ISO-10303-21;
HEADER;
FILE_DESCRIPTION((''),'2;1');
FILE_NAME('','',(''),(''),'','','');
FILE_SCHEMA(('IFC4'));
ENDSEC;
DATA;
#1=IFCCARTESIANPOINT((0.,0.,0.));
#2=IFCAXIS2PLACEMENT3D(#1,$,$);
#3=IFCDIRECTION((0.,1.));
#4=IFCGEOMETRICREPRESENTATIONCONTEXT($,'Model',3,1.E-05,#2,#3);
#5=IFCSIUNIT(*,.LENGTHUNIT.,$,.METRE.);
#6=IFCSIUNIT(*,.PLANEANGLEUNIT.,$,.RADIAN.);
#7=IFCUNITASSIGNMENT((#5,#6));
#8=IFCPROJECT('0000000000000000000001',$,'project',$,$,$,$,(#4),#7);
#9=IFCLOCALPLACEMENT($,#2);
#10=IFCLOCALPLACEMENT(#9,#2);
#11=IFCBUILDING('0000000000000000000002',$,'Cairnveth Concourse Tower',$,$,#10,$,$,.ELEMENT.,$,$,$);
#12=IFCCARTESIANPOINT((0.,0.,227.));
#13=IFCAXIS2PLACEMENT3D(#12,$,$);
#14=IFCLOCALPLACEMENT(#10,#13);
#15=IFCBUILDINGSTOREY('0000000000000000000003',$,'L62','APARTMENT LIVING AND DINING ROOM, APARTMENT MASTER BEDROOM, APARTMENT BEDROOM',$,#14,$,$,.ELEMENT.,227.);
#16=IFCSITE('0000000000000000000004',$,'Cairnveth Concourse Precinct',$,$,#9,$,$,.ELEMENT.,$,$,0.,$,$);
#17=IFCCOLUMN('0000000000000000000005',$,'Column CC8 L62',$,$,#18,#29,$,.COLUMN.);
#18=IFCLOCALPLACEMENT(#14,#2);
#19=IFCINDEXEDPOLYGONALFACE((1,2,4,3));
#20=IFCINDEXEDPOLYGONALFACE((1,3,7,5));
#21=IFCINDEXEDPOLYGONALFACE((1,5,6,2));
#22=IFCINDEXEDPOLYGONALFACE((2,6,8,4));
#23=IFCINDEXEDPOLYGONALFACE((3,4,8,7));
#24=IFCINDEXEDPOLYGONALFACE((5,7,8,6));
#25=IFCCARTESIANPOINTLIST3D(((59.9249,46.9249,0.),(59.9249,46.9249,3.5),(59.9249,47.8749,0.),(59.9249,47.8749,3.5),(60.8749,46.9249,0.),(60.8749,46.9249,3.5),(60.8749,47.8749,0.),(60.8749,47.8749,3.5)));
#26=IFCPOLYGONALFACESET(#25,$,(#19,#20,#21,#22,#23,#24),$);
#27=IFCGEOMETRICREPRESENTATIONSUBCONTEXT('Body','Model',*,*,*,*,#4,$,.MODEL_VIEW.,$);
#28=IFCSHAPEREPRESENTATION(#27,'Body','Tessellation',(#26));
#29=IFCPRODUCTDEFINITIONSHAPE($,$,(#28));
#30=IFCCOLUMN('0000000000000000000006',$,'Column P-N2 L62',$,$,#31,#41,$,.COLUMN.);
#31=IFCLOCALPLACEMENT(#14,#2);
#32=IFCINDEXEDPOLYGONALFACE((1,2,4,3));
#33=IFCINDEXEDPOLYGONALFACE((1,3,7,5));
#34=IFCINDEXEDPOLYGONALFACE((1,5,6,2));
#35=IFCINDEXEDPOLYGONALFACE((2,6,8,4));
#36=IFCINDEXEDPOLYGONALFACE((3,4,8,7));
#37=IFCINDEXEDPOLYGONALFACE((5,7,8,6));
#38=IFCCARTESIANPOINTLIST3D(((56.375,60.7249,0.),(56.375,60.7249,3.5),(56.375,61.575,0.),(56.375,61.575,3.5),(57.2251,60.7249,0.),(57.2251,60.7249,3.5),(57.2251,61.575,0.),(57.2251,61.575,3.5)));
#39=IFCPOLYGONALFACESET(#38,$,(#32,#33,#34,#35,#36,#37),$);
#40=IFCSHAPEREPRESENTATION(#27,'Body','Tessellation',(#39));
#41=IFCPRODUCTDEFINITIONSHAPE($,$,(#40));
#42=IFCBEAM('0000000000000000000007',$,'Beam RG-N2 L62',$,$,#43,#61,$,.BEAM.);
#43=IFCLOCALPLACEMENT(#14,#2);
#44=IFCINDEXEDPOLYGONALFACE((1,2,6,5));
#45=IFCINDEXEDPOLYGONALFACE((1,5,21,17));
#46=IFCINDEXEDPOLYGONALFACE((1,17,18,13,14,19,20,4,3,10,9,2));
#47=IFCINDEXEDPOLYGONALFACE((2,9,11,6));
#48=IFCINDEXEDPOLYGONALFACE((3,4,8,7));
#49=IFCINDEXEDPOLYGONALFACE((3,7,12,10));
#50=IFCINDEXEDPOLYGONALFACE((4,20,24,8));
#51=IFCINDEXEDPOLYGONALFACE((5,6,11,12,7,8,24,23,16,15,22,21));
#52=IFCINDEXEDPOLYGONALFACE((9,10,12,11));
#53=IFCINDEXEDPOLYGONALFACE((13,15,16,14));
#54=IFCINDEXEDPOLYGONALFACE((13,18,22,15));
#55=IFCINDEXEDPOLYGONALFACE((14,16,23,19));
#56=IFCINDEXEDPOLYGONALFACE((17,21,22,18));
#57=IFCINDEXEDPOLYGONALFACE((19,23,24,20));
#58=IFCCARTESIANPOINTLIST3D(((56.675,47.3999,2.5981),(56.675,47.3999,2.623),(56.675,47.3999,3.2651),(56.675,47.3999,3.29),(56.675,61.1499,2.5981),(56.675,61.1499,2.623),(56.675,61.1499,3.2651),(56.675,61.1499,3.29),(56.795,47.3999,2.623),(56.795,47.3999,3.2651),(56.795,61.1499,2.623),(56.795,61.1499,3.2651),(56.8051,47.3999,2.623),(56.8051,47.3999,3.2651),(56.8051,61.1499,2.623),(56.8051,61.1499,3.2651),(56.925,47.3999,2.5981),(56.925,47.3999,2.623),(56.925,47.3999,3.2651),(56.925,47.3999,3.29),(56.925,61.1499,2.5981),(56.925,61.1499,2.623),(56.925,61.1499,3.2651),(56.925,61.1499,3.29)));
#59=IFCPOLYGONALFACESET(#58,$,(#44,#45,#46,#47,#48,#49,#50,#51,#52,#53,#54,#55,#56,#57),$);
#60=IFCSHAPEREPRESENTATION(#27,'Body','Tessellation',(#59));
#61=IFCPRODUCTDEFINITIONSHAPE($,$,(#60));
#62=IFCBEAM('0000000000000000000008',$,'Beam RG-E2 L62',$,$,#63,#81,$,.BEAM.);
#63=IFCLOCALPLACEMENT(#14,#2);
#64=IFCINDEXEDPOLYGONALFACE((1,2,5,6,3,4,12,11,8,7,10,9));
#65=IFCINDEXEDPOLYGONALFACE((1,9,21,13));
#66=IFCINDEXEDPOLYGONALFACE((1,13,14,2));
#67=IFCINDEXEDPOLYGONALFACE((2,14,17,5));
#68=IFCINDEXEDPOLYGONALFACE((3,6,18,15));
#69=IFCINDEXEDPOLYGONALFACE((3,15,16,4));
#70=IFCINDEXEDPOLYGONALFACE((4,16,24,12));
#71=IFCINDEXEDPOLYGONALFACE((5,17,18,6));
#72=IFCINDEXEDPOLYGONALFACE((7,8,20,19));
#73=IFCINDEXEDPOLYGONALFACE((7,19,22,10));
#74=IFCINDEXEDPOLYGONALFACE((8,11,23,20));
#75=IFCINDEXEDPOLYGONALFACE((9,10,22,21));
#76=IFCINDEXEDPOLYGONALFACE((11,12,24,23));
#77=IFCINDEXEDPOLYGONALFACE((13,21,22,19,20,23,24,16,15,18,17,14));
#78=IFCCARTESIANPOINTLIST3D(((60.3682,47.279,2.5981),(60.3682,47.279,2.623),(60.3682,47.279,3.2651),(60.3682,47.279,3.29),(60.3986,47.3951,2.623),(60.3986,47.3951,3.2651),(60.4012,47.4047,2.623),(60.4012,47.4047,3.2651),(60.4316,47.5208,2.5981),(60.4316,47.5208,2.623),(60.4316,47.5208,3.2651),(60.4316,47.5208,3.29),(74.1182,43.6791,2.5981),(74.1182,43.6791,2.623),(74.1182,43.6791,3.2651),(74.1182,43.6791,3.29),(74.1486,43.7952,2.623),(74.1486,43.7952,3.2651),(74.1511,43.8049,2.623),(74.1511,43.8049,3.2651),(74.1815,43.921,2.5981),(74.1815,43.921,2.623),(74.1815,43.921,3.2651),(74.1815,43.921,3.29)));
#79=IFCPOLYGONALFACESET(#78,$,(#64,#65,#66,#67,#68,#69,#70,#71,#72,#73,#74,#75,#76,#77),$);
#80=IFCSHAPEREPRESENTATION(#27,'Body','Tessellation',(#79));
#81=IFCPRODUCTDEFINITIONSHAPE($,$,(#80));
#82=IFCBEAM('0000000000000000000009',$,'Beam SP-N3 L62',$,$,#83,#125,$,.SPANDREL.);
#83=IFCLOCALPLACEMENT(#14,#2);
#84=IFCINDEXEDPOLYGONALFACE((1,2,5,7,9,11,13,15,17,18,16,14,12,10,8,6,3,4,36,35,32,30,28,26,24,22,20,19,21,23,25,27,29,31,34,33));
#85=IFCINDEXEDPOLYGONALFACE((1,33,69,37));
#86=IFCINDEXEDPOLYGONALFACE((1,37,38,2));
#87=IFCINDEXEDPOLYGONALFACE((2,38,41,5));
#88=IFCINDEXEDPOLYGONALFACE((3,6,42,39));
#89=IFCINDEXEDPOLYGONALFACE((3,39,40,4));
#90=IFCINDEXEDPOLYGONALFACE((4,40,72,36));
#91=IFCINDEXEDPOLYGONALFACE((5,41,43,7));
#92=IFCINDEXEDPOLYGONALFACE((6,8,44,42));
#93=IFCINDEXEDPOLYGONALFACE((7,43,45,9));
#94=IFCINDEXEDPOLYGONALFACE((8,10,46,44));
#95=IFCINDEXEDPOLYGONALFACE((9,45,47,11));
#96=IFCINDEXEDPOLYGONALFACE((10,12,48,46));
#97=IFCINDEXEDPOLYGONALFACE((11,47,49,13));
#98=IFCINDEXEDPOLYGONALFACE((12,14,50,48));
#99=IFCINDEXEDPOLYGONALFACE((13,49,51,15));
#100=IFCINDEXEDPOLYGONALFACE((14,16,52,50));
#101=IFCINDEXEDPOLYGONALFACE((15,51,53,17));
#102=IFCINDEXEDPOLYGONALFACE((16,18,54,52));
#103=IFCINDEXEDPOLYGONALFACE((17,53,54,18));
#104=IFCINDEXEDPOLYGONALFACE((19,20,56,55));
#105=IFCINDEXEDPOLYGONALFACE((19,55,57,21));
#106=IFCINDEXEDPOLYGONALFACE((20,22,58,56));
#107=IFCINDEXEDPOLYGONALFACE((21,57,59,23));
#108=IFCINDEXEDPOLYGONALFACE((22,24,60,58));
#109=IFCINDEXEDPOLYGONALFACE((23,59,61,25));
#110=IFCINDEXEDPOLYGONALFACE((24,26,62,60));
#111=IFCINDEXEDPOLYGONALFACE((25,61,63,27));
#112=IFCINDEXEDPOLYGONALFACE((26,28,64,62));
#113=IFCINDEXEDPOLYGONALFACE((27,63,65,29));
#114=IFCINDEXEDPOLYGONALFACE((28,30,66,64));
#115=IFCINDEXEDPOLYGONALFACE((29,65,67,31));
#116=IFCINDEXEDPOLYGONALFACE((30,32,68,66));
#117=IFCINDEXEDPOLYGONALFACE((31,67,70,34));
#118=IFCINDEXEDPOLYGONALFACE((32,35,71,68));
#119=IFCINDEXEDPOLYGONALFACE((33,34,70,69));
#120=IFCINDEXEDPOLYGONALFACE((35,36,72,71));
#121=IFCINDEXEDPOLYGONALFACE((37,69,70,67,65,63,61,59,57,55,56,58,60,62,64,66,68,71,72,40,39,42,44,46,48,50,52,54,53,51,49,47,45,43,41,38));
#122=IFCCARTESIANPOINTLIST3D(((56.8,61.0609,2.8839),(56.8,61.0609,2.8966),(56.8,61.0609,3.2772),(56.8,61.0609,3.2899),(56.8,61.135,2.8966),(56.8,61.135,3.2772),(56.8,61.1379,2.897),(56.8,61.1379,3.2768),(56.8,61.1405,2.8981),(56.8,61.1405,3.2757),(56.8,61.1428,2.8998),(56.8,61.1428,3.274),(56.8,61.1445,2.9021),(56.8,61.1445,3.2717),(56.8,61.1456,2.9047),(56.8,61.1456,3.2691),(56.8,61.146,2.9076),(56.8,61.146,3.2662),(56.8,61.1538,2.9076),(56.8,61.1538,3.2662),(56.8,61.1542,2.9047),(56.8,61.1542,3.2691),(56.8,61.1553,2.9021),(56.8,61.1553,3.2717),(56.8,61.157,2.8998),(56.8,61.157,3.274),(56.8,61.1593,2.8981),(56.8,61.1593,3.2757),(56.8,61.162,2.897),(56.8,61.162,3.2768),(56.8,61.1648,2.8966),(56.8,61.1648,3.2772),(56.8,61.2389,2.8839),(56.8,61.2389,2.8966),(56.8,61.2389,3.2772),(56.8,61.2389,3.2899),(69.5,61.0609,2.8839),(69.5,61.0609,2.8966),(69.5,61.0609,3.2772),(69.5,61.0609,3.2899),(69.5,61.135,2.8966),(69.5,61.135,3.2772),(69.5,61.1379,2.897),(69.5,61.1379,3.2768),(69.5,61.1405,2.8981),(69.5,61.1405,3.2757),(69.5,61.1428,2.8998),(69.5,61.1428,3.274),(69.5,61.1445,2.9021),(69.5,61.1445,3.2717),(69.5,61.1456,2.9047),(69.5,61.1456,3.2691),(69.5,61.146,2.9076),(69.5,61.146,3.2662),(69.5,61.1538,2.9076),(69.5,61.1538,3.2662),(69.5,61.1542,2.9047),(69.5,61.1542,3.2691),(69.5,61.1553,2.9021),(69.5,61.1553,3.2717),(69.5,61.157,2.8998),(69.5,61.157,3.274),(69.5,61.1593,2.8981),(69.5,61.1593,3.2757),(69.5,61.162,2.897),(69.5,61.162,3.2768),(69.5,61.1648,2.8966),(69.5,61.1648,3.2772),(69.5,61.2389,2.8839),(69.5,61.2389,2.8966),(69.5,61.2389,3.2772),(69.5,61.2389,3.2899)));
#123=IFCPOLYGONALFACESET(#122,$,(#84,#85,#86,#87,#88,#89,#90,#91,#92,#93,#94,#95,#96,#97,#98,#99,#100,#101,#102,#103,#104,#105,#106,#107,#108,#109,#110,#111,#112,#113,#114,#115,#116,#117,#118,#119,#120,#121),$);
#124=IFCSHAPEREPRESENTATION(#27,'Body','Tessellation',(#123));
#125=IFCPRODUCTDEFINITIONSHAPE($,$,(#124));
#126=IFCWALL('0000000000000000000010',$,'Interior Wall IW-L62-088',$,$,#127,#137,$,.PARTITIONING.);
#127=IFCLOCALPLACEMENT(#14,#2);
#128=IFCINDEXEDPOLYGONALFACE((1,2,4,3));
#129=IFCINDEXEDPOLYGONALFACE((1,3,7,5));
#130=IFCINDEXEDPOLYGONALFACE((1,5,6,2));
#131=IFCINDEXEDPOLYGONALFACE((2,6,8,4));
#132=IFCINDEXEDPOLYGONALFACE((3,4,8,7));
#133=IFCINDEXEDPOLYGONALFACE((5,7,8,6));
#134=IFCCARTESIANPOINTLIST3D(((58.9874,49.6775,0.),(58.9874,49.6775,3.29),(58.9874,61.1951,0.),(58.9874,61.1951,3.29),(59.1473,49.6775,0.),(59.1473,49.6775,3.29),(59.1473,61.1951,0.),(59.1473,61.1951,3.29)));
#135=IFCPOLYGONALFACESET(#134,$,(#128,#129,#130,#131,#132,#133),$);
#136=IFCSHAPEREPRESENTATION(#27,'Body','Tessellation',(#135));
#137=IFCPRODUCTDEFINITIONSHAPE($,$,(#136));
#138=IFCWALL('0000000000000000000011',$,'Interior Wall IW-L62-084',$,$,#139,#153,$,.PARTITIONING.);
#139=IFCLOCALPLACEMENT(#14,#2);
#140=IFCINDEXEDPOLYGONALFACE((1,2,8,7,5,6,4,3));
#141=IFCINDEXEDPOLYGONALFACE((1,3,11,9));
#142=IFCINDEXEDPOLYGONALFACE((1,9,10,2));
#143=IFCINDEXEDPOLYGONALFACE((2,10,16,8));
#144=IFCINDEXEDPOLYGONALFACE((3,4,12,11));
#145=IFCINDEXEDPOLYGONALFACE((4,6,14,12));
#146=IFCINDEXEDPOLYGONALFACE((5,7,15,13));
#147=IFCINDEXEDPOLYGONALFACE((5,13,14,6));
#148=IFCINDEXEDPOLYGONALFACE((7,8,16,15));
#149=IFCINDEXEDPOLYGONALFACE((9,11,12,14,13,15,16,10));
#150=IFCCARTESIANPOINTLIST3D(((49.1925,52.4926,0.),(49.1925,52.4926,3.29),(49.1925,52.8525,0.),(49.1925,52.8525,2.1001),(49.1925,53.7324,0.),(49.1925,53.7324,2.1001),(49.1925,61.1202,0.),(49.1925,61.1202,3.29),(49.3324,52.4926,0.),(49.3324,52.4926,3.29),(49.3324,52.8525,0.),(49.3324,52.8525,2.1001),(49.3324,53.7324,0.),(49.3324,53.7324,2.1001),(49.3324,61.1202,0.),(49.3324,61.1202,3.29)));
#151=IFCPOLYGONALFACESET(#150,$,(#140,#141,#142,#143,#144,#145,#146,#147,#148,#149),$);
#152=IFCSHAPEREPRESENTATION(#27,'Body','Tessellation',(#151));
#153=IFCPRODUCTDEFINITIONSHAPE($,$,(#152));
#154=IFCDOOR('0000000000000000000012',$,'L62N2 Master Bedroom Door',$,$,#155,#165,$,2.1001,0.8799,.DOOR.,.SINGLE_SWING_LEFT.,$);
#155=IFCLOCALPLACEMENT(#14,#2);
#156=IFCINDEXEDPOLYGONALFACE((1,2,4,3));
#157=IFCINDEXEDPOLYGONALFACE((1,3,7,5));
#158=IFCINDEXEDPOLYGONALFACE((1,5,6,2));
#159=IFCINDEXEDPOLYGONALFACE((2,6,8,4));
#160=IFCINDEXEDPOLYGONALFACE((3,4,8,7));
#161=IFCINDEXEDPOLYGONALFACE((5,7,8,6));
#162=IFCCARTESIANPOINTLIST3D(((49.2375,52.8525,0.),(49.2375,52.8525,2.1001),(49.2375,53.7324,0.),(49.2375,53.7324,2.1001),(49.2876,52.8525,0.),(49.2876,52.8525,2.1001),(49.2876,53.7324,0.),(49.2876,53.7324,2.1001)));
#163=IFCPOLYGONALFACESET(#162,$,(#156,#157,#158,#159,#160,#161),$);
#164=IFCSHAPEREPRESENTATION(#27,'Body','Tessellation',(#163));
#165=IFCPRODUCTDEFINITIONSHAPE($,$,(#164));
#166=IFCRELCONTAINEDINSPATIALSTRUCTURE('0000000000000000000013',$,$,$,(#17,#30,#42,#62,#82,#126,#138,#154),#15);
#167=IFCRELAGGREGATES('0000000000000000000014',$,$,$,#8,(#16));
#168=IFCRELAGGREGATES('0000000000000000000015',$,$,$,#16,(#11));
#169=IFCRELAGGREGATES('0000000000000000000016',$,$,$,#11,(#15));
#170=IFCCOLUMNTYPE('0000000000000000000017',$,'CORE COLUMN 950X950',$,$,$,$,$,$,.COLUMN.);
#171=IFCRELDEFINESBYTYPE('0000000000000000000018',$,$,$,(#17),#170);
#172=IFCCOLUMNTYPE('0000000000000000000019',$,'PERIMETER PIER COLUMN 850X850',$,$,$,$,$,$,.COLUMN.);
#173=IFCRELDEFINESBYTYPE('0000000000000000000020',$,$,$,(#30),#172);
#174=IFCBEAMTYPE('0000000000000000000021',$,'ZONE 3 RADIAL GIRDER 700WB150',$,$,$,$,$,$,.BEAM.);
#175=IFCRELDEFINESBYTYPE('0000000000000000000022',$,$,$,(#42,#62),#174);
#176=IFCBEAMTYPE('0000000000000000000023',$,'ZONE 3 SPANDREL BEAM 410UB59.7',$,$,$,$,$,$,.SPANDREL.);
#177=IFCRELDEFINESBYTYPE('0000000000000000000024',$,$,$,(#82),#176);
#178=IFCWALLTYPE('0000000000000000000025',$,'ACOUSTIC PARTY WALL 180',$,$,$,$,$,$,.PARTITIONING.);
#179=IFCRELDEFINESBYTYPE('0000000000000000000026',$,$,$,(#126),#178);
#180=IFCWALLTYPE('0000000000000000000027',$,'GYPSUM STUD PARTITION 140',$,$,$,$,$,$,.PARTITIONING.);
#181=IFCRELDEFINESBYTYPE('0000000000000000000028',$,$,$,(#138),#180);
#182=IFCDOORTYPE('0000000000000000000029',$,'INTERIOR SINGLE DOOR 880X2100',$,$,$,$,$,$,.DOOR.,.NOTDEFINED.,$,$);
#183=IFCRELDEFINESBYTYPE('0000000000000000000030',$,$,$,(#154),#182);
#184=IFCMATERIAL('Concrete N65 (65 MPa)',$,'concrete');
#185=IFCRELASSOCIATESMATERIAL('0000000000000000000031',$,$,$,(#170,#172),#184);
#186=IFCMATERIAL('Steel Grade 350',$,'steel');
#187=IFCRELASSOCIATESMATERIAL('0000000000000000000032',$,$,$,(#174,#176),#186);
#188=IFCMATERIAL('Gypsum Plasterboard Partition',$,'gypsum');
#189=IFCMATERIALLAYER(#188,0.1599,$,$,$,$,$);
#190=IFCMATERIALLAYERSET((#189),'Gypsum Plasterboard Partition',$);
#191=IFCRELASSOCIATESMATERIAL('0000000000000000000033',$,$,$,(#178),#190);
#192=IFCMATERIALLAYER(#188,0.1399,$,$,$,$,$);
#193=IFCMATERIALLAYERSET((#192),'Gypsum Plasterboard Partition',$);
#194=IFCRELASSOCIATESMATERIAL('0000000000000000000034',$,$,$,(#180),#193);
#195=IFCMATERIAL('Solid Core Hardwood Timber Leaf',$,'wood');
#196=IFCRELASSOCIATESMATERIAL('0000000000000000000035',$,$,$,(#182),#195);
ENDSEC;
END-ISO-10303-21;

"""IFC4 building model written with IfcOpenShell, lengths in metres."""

from ifc_helpers import new_model, si_unit, direction, frame, frame_2d, origin, origin_2d, place, context, subcontext, project, spatial, rectangle, i_section, extrude, material, layer, layer_set, material_profile, profile_set, type_object, element, fill, save


model = new_model("IFC4")

# Units and contexts
model_context = context("Model", 3, precision=1e-05, world=origin(), true_north=direction((0.0, 1.0)))
body_context = subcontext(model_context, "Body", "Model", "MODEL_VIEW")
ifc_project = project(units=[si_unit("LENGTHUNIT", "METRE"), si_unit("PLANEANGLEUNIT", "RADIAN")], contexts=[model_context])

# Site, building, storey
site_placement = place(None, origin())
site = spatial("IfcSite", under=ifc_project, at=site_placement, Name="Cairnveth Concourse Precinct", CompositionType="ELEMENT", RefElevation=0.0)
building_placement = place(site_placement, origin())
building = spatial("IfcBuilding", under=site, at=building_placement, Name="Cairnveth Concourse Tower", CompositionType="ELEMENT")
storey_placement = place(building_placement, frame((0.0, 0.0, 227.0)))
storey = spatial("IfcBuildingStorey", under=building, at=storey_placement, Name="L62", Description="APARTMENT LIVING AND DINING ROOM, APARTMENT MASTER BEDROOM, APARTMENT BEDROOM", CompositionType="ELEMENT", Elevation=227.0)

# Columns
ifc_material_1 = material(Name="Concrete N65 (65 MPa)", Category="concrete")
ifc_material_profile_1 = material_profile(ifc_material_1, rectangle(XDim=0.95, YDim=0.95, at=origin_2d()), Name="RC-COL-950x950")
ifc_profile_set_1 = profile_set([ifc_material_profile_1], Name="Concrete N65 (65 MPa)")
column_type_1 = type_object("IfcColumnType", Name="CORE COLUMN 950X950", PredefinedType="COLUMN", material=ifc_profile_set_1)
column_1_placement = place(storey_placement, frame((60.3999, 47.3999, 0.0), z_axis=(0.0, 0.0, 1.0), x_axis=(1.0, 0.0, 0.0)))
element("IfcColumn", 1, at=column_1_placement, inside=storey, type_object=column_type_1, Name="Column CC8 L62", PredefinedType="COLUMN", context=body_context, shape_type="SweptSolid", body=[
    extrude(rectangle(XDim=0.95, YDim=0.95, at=origin_2d()), origin(), (0.0, 0.0, 1.0), 3.5),
])
ifc_material_profile_2 = material_profile(ifc_material_1, rectangle(XDim=0.8501, YDim=0.8501, at=origin_2d()), Name="RC-COL-850x850")
ifc_profile_set_2 = profile_set([ifc_material_profile_2], Name="Concrete N65 (65 MPa)")
column_type_2 = type_object("IfcColumnType", Name="PERIMETER PIER COLUMN 850X850", PredefinedType="COLUMN", material=ifc_profile_set_2)
column_2_placement = place(storey_placement, frame((56.8, 61.1499, 0.0), z_axis=(0.0, 0.0, 1.0), x_axis=(1.0, 0.0, 0.0)))
element("IfcColumn", 2, at=column_2_placement, inside=storey, type_object=column_type_2, Name="Column P-N2 L62", PredefinedType="COLUMN", context=body_context, shape_type="SweptSolid", body=[
    extrude(rectangle(XDim=0.8501, YDim=0.8501, at=origin_2d()), origin(), (0.0, 0.0, 1.0), 3.5),
])

# Beams
ifc_material_2 = material(Name="Steel Grade 350", Category="steel")
ifc_material_profile_3 = material_profile(ifc_material_2, i_section(OverallWidth=0.25, OverallDepth=0.6919, WebThickness=0.01, FlangeThickness=0.0249, at=origin_2d()), Name="700WB150")
ifc_profile_set_3 = profile_set([ifc_material_profile_3], Name="Steel Grade 350")
beam_type_1 = type_object("IfcBeamType", Name="ZONE 3 RADIAL GIRDER 700WB150", PredefinedType="BEAM", material=ifc_profile_set_3)
beam_1_placement = place(storey_placement, frame((56.8, 47.3999, 2.9441), z_axis=(0.0, 1.0, 0.0), x_axis=(-1.0, 0.0, 0.0)))
element("IfcBeam", 3, at=beam_1_placement, inside=storey, type_object=beam_type_1, Name="Beam RG-N2 L62", PredefinedType="BEAM", context=body_context, shape_type="SweptSolid", body=[
    extrude(i_section(OverallWidth=0.25, OverallDepth=0.6919, WebThickness=0.01, FlangeThickness=0.0249, at=origin_2d()), origin(), (0.0, 0.0, 1.0), 13.75),
])
beam_2_placement = place(storey_placement, frame((60.3999, 47.3999, 2.9441), z_axis=(0.967395, -0.253271, 0.0), x_axis=(0.253271, 0.967395, 0.0)))
element("IfcBeam", 4, at=beam_2_placement, inside=storey, type_object=beam_type_1, Name="Beam RG-E2 L62", PredefinedType="BEAM", context=body_context, shape_type="SweptSolid", body=[
    extrude(i_section(OverallWidth=0.25, OverallDepth=0.6919, WebThickness=0.01, FlangeThickness=0.0249, at=origin_2d()), origin(), (0.0, 0.0, 1.0), 14.2134),
])
ifc_material_profile_4 = material_profile(ifc_material_2, i_section(OverallWidth=0.178, OverallDepth=0.406, WebThickness=0.0078, FlangeThickness=0.0127, FilletRadius=0.011, at=origin_2d()), Name="410UB59.7")
ifc_profile_set_4 = profile_set([ifc_material_profile_4], Name="Steel Grade 350")
beam_type_2 = type_object("IfcBeamType", Name="ZONE 3 SPANDREL BEAM 410UB59.7", PredefinedType="SPANDREL", material=ifc_profile_set_4)
beam_3_placement = place(storey_placement, frame((56.8, 61.1499, 3.0869), z_axis=(1.0, 0.0, 0.0), x_axis=(0.0, 1.0, 0.0)))
element("IfcBeam", 5, at=beam_3_placement, inside=storey, type_object=beam_type_2, Name="Beam SP-N3 L62", PredefinedType="SPANDREL", context=body_context, shape_type="SweptSolid", body=[
    extrude(i_section(OverallWidth=0.178, OverallDepth=0.406, WebThickness=0.0078, FlangeThickness=0.0127, FilletRadius=0.011, at=origin_2d()), origin(), (0.0, 0.0, 1.0), 12.7),
])

# Wall
ifc_material_3 = material(Name="Gypsum Plasterboard Partition", Category="gypsum")
ifc_layer_1 = layer(ifc_material_3, 0.1599)
ifc_layer_set_1 = layer_set([ifc_layer_1], Name="Gypsum Plasterboard Partition")
wall_type_1 = type_object("IfcWallType", Name="ACOUSTIC PARTY WALL 180", PredefinedType="PARTITIONING", material=ifc_layer_set_1)
wall_1_placement = place(storey_placement, frame((59.0674, 49.6775, 0.0), z_axis=(0.0, 0.0, 1.0), x_axis=(0.0, 1.0, 0.0)))
element("IfcWall", 6, at=wall_1_placement, inside=storey, type_object=wall_type_1, Name="Interior Wall IW-L62-088", PredefinedType="PARTITIONING", context=body_context, shape_type="SweptSolid", body=[
    extrude(rectangle(XDim=11.5176, YDim=0.1599, at=frame_2d((5.7588, 0.0))), origin(), (0.0, 0.0, 1.0), 3.29),
])

# Wall, opening, door
ifc_layer_2 = layer(ifc_material_3, 0.1399)
ifc_layer_set_2 = layer_set([ifc_layer_2], Name="Gypsum Plasterboard Partition")
wall_type_2 = type_object("IfcWallType", Name="GYPSUM STUD PARTITION 140", PredefinedType="PARTITIONING", material=ifc_layer_set_2)
wall_2_placement = place(storey_placement, frame((49.2625, 52.4924, 0.0), z_axis=(0.0, 0.0, 1.0), x_axis=(0.0, 1.0, 0.0)))
wall_2 = element("IfcWall", 7, at=wall_2_placement, inside=storey, type_object=wall_type_2, Name="Interior Wall IW-L62-084", PredefinedType="PARTITIONING", context=body_context, shape_type="SweptSolid", body=[
    extrude(rectangle(XDim=8.6277, YDim=0.1399, at=frame_2d((4.314, 0.0))), origin(), (0.0, 0.0, 1.0), 3.29),
])
opening_1_placement = place(wall_2_placement, frame((0.3601, 0.0, 0.0)))
opening_1 = element("IfcOpeningElement", 8, at=opening_1_placement, cuts=wall_2, PredefinedType="OPENING", context=body_context, shape_type="SweptSolid", body=[
    extrude(rectangle(XDim=0.8799, YDim=2.1001, at=frame_2d((0.4399, 1.05))), frame((0.0, 0.0798, 0.0), z_axis=(0.0, -1.0, 0.0), x_axis=(1.0, 0.0, 0.0)), (0.0, 0.0, 1.0), 0.1599),
])
ifc_material_4 = material(Name="Solid Core Hardwood Timber Leaf", Category="wood")
door_type_1 = type_object("IfcDoorType", Name="INTERIOR SINGLE DOOR 880X2100", OperationType="NOTDEFINED", PredefinedType="DOOR", material=ifc_material_4)
door_1_placement = place(opening_1_placement, origin())
door_1 = element("IfcDoor", 9, at=door_1_placement, inside=storey, type_object=door_type_1, Name="L62N2 Master Bedroom Door", OperationType="SINGLE_SWING_LEFT", OverallHeight=2.1001, OverallWidth=0.8799, PredefinedType="DOOR", context=body_context, shape_type="SweptSolid", body=[
    extrude(rectangle(XDim=0.8799, YDim=2.1001, at=frame_2d((0.4399, 1.05))), frame((0.0, 0.0249, 0.0), z_axis=(0.0, -1.0, 0.0), x_axis=(1.0, 0.0, 0.0)), (0.0, 0.0, 1.0), 0.05),
])
fill(opening_1, door_1)

save(model, "model.ifc")
